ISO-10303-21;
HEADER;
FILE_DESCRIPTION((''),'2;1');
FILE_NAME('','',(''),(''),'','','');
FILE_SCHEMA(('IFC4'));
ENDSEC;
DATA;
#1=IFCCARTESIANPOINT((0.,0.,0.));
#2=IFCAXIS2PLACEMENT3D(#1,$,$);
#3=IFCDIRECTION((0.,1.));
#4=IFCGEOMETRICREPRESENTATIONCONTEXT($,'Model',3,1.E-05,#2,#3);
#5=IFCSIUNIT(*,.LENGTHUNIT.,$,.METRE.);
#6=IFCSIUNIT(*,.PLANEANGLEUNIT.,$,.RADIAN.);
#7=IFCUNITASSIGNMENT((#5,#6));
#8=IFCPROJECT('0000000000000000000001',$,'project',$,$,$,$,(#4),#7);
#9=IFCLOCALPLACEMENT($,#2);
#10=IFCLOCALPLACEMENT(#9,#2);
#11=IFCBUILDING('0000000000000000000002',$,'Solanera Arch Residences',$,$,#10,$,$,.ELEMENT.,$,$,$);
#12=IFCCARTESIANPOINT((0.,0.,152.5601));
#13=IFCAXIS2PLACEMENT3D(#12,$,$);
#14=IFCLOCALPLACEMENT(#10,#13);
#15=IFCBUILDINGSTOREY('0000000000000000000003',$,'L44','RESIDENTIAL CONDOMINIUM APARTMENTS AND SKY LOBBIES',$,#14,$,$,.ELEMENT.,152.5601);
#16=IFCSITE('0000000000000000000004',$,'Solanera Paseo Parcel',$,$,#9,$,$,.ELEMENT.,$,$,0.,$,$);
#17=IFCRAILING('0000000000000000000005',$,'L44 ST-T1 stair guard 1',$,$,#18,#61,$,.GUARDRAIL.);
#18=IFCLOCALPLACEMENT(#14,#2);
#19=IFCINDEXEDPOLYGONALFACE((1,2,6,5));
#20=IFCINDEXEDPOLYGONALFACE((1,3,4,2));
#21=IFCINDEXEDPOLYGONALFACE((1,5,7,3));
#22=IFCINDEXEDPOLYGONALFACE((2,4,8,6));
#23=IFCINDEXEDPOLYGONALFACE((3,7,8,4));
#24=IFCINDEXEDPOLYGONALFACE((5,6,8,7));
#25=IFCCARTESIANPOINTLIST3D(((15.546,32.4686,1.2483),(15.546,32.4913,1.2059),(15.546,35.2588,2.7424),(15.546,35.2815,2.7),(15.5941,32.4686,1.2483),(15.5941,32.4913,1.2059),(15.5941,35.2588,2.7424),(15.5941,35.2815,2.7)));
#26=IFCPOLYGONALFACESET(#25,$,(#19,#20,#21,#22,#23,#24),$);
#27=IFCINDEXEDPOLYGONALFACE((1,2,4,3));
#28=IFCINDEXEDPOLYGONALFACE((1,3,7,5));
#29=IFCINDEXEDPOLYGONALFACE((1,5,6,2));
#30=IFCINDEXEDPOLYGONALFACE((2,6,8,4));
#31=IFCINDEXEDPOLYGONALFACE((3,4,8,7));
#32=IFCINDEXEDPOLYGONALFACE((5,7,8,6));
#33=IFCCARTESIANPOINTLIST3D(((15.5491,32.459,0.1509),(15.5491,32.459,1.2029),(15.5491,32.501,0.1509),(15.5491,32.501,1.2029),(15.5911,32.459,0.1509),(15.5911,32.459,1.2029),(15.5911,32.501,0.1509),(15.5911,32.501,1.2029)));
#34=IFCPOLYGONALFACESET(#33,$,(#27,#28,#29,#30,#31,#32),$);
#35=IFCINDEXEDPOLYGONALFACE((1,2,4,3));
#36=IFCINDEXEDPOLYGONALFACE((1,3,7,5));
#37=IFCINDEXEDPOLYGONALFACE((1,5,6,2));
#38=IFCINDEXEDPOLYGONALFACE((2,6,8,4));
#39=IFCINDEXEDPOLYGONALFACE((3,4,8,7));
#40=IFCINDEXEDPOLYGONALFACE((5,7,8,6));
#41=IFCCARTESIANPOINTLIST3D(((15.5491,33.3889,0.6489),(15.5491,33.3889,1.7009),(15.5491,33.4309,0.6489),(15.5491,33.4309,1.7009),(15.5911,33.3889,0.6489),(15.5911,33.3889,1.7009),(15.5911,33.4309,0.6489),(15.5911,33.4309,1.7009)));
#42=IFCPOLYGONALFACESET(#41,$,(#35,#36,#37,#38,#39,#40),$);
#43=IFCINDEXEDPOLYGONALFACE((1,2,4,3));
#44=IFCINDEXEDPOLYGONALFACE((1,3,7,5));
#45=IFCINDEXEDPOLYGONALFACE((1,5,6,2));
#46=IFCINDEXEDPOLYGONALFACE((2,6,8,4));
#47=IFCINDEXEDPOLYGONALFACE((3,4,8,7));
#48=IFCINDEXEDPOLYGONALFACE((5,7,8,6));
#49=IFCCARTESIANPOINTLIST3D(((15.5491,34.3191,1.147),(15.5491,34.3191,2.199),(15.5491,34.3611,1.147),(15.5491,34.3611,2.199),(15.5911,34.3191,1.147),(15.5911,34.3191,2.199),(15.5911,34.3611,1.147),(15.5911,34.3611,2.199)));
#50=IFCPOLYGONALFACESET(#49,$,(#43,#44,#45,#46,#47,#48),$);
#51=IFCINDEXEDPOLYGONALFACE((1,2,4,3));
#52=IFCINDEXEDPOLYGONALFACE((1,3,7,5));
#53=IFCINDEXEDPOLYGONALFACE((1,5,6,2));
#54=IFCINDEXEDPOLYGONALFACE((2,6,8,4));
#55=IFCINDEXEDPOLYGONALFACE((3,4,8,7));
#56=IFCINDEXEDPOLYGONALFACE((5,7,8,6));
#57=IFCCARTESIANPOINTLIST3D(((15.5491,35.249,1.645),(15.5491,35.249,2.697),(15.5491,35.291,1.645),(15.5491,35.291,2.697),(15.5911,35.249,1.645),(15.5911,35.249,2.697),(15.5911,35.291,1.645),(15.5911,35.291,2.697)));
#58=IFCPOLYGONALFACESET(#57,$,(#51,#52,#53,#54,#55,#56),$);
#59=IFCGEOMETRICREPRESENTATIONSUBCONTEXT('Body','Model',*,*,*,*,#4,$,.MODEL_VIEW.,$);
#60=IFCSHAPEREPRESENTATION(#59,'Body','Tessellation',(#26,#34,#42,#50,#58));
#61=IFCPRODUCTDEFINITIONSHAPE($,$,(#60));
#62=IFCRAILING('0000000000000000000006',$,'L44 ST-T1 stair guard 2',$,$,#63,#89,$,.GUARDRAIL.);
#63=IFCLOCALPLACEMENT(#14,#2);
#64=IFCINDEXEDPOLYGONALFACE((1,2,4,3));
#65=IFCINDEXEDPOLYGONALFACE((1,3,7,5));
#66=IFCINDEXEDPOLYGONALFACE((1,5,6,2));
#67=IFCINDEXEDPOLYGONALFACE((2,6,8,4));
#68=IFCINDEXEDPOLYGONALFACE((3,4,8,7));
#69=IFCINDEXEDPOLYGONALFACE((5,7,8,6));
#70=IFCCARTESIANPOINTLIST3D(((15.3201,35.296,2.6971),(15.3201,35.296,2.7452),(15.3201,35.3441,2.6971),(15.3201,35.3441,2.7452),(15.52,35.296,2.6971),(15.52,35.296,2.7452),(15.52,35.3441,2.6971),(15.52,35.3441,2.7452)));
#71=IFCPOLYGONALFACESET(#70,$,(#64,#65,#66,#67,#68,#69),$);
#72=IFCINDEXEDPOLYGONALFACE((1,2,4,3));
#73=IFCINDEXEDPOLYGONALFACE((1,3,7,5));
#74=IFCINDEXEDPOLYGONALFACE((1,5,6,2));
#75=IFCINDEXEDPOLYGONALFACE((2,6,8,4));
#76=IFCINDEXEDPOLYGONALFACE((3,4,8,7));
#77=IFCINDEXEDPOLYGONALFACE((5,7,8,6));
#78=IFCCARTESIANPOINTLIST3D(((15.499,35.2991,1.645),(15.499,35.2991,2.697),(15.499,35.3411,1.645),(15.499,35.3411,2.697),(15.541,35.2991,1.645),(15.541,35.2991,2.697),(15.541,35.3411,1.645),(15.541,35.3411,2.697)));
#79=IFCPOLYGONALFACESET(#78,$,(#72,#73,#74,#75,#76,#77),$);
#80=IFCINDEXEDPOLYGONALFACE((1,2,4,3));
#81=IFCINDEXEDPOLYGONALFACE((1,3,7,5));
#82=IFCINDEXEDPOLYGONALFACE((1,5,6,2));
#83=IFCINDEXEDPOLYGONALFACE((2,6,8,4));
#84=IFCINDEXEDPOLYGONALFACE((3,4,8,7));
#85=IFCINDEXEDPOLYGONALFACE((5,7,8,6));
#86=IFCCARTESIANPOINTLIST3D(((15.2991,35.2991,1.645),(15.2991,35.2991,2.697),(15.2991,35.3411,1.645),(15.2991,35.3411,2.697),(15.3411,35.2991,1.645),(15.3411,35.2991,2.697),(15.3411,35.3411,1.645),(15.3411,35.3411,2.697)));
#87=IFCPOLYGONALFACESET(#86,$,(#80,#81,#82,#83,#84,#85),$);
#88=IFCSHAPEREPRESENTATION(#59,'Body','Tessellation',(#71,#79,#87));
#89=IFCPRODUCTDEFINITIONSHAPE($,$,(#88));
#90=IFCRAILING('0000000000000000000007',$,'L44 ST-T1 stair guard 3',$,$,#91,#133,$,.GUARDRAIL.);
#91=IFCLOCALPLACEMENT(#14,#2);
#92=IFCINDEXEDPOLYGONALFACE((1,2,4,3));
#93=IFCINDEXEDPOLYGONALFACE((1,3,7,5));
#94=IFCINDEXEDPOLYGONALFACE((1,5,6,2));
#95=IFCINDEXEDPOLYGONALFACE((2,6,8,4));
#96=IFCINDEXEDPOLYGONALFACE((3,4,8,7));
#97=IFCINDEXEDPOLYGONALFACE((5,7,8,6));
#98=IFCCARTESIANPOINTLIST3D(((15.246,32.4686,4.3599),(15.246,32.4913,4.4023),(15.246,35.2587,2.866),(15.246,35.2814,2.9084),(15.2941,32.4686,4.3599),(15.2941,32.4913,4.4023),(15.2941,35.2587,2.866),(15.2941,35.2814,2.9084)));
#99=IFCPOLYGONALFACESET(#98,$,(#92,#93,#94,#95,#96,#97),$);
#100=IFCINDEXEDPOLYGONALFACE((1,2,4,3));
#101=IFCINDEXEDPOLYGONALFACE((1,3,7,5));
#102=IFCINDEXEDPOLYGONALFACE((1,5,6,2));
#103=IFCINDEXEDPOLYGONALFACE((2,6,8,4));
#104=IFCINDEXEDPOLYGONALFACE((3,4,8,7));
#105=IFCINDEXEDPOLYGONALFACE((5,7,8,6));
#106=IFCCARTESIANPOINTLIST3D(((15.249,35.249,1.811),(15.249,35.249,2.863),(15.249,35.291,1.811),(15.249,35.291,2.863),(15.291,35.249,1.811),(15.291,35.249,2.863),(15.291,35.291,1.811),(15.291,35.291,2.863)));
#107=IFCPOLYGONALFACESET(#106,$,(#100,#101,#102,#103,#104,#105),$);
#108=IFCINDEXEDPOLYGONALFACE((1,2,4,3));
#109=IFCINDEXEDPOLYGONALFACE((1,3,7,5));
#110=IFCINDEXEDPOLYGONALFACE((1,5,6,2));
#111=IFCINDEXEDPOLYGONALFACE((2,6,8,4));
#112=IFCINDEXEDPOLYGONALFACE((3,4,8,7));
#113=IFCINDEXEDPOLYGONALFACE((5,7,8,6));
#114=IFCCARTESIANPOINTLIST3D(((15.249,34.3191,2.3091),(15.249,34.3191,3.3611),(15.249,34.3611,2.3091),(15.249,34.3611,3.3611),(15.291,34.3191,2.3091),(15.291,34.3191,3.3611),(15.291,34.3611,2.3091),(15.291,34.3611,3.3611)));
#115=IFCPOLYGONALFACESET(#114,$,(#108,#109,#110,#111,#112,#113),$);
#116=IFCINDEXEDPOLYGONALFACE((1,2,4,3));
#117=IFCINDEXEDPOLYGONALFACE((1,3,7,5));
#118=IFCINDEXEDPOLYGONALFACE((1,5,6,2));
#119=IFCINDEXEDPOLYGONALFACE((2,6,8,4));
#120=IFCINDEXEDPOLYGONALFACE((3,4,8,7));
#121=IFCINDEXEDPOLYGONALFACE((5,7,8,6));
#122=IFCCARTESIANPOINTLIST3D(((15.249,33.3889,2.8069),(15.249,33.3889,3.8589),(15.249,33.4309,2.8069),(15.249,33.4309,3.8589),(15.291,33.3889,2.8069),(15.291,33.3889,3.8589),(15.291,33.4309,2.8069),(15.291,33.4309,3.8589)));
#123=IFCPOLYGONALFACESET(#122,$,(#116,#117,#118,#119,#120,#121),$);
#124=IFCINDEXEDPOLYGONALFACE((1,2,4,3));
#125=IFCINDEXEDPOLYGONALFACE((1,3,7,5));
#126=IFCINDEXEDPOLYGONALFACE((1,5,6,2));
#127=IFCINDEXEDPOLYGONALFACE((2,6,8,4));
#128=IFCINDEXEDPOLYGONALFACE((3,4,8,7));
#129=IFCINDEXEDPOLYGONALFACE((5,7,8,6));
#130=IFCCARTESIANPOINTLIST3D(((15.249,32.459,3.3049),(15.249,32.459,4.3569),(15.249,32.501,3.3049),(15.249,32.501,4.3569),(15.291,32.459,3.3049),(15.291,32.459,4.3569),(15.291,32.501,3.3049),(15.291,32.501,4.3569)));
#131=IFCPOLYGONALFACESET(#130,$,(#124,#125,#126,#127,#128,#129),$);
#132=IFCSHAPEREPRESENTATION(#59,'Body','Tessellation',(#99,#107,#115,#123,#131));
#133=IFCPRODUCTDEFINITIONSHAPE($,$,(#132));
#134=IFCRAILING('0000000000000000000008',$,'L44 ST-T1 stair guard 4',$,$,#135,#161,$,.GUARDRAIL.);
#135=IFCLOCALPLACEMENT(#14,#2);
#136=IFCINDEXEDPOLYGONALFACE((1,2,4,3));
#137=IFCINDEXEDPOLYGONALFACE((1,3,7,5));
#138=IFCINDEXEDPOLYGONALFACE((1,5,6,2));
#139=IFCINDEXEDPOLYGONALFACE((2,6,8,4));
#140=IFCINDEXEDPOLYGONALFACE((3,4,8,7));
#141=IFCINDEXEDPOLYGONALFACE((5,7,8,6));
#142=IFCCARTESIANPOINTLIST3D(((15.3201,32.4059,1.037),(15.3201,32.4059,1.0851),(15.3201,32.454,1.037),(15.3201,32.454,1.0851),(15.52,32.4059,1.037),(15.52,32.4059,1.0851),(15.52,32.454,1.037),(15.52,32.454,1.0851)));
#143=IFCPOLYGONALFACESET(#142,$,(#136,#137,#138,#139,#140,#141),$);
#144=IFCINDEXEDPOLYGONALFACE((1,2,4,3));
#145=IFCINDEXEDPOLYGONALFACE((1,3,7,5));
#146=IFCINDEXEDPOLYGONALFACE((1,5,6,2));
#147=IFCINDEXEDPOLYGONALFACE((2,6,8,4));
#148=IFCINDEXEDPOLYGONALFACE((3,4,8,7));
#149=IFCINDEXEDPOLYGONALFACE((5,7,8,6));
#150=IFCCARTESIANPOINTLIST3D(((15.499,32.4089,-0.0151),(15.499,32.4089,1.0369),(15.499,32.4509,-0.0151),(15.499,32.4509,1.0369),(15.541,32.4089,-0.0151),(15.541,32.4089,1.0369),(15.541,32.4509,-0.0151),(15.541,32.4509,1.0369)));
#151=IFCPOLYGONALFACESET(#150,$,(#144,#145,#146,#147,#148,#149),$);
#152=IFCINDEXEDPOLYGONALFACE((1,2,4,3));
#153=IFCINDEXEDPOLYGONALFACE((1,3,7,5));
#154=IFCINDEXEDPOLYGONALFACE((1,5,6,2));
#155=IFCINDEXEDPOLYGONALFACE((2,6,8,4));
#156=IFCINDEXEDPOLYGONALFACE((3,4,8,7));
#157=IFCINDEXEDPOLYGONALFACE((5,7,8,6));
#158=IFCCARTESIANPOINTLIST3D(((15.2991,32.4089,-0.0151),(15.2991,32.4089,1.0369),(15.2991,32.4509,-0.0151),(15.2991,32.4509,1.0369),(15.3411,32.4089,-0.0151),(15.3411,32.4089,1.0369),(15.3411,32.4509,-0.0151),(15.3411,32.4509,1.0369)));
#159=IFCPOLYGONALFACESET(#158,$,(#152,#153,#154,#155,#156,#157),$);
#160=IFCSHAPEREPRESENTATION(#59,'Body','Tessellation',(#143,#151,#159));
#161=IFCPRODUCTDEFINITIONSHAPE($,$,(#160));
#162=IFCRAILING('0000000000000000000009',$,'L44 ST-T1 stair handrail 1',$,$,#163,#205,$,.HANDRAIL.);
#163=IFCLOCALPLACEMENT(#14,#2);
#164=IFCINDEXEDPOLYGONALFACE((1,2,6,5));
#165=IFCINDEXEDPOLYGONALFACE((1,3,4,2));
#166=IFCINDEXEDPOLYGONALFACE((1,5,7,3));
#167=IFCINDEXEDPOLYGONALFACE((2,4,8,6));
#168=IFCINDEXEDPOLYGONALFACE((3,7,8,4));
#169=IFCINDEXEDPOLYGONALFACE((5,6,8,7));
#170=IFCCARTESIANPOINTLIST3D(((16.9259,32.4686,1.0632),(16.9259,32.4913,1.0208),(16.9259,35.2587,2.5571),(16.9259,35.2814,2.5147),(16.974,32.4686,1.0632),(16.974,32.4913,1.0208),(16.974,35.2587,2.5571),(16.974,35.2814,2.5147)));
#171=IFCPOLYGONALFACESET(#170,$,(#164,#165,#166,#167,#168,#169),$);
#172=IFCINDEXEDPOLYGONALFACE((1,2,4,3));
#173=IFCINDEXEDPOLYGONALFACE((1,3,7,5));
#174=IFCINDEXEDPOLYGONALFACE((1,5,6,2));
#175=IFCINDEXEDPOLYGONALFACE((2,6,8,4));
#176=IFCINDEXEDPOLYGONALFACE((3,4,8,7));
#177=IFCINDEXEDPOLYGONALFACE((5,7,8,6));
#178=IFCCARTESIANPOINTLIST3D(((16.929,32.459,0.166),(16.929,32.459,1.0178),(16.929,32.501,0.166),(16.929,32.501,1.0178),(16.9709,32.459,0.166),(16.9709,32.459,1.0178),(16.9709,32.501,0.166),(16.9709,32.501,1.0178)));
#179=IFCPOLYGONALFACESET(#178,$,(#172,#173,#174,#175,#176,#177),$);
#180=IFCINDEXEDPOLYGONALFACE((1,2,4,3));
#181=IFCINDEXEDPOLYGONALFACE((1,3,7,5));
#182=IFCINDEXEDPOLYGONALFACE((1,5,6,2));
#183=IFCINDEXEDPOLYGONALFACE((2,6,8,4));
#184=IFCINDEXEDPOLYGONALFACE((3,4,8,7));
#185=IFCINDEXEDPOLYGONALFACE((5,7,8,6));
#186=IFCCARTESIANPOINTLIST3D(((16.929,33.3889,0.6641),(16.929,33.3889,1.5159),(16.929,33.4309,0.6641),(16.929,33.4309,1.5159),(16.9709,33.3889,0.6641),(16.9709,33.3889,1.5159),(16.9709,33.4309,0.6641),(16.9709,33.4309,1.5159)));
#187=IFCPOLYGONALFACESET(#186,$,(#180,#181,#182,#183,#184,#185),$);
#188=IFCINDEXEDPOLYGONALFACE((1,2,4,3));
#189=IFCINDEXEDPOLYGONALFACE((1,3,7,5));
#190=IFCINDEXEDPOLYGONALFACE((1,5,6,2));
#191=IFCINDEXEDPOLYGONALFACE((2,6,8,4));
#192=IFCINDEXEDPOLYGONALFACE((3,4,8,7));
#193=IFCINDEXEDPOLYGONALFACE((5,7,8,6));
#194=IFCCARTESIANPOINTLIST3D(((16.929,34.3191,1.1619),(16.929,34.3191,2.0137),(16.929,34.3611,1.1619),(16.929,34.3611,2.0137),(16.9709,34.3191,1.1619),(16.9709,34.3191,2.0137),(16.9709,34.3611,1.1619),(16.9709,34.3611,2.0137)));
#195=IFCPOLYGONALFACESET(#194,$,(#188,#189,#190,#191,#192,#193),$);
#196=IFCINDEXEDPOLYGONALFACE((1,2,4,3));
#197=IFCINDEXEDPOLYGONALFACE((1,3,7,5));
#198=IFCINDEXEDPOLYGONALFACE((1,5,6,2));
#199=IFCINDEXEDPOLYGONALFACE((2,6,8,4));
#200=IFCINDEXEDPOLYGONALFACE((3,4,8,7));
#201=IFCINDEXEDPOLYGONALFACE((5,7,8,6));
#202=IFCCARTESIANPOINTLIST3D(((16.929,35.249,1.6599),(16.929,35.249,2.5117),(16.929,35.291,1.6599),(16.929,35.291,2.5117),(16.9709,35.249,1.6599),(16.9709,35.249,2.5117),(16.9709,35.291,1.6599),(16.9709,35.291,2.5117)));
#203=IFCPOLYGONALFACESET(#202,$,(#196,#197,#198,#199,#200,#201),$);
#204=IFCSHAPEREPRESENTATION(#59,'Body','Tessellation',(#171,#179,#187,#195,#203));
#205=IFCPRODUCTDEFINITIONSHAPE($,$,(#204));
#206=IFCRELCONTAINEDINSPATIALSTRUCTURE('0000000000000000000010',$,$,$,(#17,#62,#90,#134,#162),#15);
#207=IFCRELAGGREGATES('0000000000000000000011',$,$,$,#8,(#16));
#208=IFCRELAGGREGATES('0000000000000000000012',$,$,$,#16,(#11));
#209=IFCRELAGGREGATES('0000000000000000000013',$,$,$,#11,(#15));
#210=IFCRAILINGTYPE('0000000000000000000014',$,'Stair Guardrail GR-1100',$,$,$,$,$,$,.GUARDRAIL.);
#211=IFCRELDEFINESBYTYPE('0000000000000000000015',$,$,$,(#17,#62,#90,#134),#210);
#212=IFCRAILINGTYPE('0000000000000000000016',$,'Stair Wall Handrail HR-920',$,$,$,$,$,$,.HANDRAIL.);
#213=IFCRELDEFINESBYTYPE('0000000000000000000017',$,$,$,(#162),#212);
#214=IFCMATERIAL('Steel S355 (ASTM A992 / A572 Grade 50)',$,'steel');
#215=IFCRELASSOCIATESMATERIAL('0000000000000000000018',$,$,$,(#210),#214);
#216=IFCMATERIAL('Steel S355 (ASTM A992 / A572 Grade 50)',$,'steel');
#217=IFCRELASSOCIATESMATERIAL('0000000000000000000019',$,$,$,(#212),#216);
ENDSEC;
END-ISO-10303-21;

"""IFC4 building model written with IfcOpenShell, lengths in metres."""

from ifc_helpers import new_model, si_unit, direction, frame, origin, origin_2d, place, context, subcontext, project, spatial, rectangle, extrude, material, type_object, element, save


model = new_model("IFC4")

# Units and contexts
model_context = context("Model", 3, precision=1e-05, world=origin(), true_north=direction((0.0, 1.0)))
body_context = subcontext(model_context, "Body", "Model", "MODEL_VIEW")
ifc_project = project(units=[si_unit("LENGTHUNIT", "METRE"), si_unit("PLANEANGLEUNIT", "RADIAN")], contexts=[model_context])

# Site, building, storey
site_placement = place(None, origin())
site = spatial("IfcSite", under=ifc_project, at=site_placement, Name="Solanera Paseo Parcel", CompositionType="ELEMENT", RefElevation=0.0)
building_placement = place(site_placement, origin())
building = spatial("IfcBuilding", under=site, at=building_placement, Name="Solanera Arch Residences", CompositionType="ELEMENT")
storey_placement = place(building_placement, frame((0.0, 0.0, 152.5601)))
storey = spatial("IfcBuildingStorey", under=building, at=storey_placement, Name="L44", Description="RESIDENTIAL CONDOMINIUM APARTMENTS AND SKY LOBBIES", CompositionType="ELEMENT", Elevation=152.5601)

# Railings
ifc_material_1 = material(Name="Steel S355 (ASTM A992 / A572 Grade 50)", Category="steel")
railing_type_1 = type_object("IfcRailingType", Name="Stair Guardrail GR-1100", PredefinedType="GUARDRAIL", material=ifc_material_1)
railing_1_placement = place(storey_placement, frame((15.5701, 32.48, 0.1509)))
element("IfcRailing", 1, at=railing_1_placement, inside=storey, type_object=railing_type_1, Name="L44 ST-T1 stair guard 1", PredefinedType="GUARDRAIL", context=body_context, shape_type="SweptSolid", body=[
    extrude(rectangle(XDim=0.0481, YDim=0.0481, at=origin_2d()), frame((0.0, 0.0, 1.0762), z_axis=(0.0, 0.881549, 0.472093), x_axis=(-1.0, 0.0, 0.0)), (0.0, 0.0, 1.0), 3.165),
    extrude(rectangle(XDim=0.042, YDim=0.042, at=origin_2d()), origin(), (0.0, 0.0, 1.0), 1.052),
    extrude(rectangle(XDim=0.042, YDim=0.042, at=origin_2d()), frame((0.0, 0.9299, 0.498)), (0.0, 0.0, 1.0), 1.052),
    extrude(rectangle(XDim=0.042, YDim=0.042, at=origin_2d()), frame((0.0, 1.8601, 0.9961)), (0.0, 0.0, 1.0), 1.052),
    extrude(rectangle(XDim=0.042, YDim=0.042, at=origin_2d()), frame((0.0, 2.79, 1.4941)), (0.0, 0.0, 1.0), 1.052),
])
railing_2_placement = place(storey_placement, frame((15.52, 35.3201, 1.645)))
element("IfcRailing", 2, at=railing_2_placement, inside=storey, type_object=railing_type_1, Name="L44 ST-T1 stair guard 2", PredefinedType="GUARDRAIL", context=body_context, shape_type="SweptSolid", body=[
    extrude(rectangle(XDim=0.0481, YDim=0.0481, at=origin_2d()), frame((0.0, 0.0, 1.0762), z_axis=(-1.0, 0.0, 0.0), x_axis=(0.0, -1.0, 0.0)), (0.0, 0.0, 1.0), 0.2),
    extrude(rectangle(XDim=0.042, YDim=0.042, at=origin_2d()), origin(), (0.0, 0.0, 1.0), 1.052),
    extrude(rectangle(XDim=0.042, YDim=0.042, at=origin_2d()), frame((-0.2, 0.0, 0.0)), (0.0, 0.0, 1.0), 1.052),
])
railing_3_placement = place(storey_placement, frame((15.27, 35.27, 1.811)))
element("IfcRailing", 3, at=railing_3_placement, inside=storey, type_object=railing_type_1, Name="L44 ST-T1 stair guard 3", PredefinedType="GUARDRAIL", context=body_context, shape_type="SweptSolid", body=[
    extrude(rectangle(XDim=0.0481, YDim=0.0481, at=origin_2d()), frame((0.0, 0.0, 1.0762), z_axis=(0.0, -0.881581, 0.472033), x_axis=(1.0, 0.0, 0.0)), (0.0, 0.0, 1.0), 3.1648),
    extrude(rectangle(XDim=0.042, YDim=0.042, at=origin_2d()), origin(), (0.0, 0.0, 1.0), 1.052),
    extrude(rectangle(XDim=0.042, YDim=0.042, at=origin_2d()), frame((0.0, -0.9299, 0.498)), (0.0, 0.0, 1.0), 1.052),
    extrude(rectangle(XDim=0.042, YDim=0.042, at=origin_2d()), frame((0.0, -1.8601, 0.9958)), (0.0, 0.0, 1.0), 1.052),
    extrude(rectangle(XDim=0.042, YDim=0.042, at=origin_2d()), frame((0.0, -2.79, 1.4939)), (0.0, 0.0, 1.0), 1.052),
])
railing_4_placement = place(storey_placement, frame((15.52, 32.4299, -0.0151)))
element("IfcRailing", 4, at=railing_4_placement, inside=storey, type_object=railing_type_1, Name="L44 ST-T1 stair guard 4", PredefinedType="GUARDRAIL", context=body_context, shape_type="SweptSolid", body=[
    extrude(rectangle(XDim=0.0481, YDim=0.0481, at=origin_2d()), frame((0.0, 0.0, 1.0762), z_axis=(-1.0, 0.0, 0.0), x_axis=(0.0, -1.0, 0.0)), (0.0, 0.0, 1.0), 0.2),
    extrude(rectangle(XDim=0.042, YDim=0.042, at=origin_2d()), origin(), (0.0, 0.0, 1.0), 1.052),
    extrude(rectangle(XDim=0.042, YDim=0.042, at=origin_2d()), frame((-0.2, 0.0, 0.0)), (0.0, 0.0, 1.0), 1.052),
])
ifc_material_2 = material(Name="Steel S355 (ASTM A992 / A572 Grade 50)", Category="steel")
railing_type_2 = type_object("IfcRailingType", Name="Stair Wall Handrail HR-920", PredefinedType="HANDRAIL", material=ifc_material_2)
railing_5_placement = place(storey_placement, frame((16.95, 32.48, 0.166)))
element("IfcRailing", 5, at=railing_5_placement, inside=storey, type_object=railing_type_2, Name="L44 ST-T1 stair handrail 1", PredefinedType="HANDRAIL", context=body_context, shape_type="SweptSolid", body=[
    extrude(rectangle(XDim=0.0481, YDim=0.0481, at=origin_2d()), frame((0.0, 0.0, 0.876), z_axis=(0.0, 0.881581, 0.472033), x_axis=(-1.0, 0.0, 0.0)), (0.0, 0.0, 1.0), 3.1648),
    extrude(rectangle(XDim=0.042, YDim=0.042, at=origin_2d()), origin(), (0.0, 0.0, 1.0), 0.8518),
    extrude(rectangle(XDim=0.042, YDim=0.042, at=origin_2d()), frame((0.0, 0.9299, 0.498)), (0.0, 0.0, 1.0), 0.8518),
    extrude(rectangle(XDim=0.042, YDim=0.042, at=origin_2d()), frame((0.0, 1.8601, 0.9958)), (0.0, 0.0, 1.0), 0.8518),
    extrude(rectangle(XDim=0.042, YDim=0.042, at=origin_2d()), frame((0.0, 2.79, 1.4939)), (0.0, 0.0, 1.0), 0.8518),
])

save(model, "model.ifc")
